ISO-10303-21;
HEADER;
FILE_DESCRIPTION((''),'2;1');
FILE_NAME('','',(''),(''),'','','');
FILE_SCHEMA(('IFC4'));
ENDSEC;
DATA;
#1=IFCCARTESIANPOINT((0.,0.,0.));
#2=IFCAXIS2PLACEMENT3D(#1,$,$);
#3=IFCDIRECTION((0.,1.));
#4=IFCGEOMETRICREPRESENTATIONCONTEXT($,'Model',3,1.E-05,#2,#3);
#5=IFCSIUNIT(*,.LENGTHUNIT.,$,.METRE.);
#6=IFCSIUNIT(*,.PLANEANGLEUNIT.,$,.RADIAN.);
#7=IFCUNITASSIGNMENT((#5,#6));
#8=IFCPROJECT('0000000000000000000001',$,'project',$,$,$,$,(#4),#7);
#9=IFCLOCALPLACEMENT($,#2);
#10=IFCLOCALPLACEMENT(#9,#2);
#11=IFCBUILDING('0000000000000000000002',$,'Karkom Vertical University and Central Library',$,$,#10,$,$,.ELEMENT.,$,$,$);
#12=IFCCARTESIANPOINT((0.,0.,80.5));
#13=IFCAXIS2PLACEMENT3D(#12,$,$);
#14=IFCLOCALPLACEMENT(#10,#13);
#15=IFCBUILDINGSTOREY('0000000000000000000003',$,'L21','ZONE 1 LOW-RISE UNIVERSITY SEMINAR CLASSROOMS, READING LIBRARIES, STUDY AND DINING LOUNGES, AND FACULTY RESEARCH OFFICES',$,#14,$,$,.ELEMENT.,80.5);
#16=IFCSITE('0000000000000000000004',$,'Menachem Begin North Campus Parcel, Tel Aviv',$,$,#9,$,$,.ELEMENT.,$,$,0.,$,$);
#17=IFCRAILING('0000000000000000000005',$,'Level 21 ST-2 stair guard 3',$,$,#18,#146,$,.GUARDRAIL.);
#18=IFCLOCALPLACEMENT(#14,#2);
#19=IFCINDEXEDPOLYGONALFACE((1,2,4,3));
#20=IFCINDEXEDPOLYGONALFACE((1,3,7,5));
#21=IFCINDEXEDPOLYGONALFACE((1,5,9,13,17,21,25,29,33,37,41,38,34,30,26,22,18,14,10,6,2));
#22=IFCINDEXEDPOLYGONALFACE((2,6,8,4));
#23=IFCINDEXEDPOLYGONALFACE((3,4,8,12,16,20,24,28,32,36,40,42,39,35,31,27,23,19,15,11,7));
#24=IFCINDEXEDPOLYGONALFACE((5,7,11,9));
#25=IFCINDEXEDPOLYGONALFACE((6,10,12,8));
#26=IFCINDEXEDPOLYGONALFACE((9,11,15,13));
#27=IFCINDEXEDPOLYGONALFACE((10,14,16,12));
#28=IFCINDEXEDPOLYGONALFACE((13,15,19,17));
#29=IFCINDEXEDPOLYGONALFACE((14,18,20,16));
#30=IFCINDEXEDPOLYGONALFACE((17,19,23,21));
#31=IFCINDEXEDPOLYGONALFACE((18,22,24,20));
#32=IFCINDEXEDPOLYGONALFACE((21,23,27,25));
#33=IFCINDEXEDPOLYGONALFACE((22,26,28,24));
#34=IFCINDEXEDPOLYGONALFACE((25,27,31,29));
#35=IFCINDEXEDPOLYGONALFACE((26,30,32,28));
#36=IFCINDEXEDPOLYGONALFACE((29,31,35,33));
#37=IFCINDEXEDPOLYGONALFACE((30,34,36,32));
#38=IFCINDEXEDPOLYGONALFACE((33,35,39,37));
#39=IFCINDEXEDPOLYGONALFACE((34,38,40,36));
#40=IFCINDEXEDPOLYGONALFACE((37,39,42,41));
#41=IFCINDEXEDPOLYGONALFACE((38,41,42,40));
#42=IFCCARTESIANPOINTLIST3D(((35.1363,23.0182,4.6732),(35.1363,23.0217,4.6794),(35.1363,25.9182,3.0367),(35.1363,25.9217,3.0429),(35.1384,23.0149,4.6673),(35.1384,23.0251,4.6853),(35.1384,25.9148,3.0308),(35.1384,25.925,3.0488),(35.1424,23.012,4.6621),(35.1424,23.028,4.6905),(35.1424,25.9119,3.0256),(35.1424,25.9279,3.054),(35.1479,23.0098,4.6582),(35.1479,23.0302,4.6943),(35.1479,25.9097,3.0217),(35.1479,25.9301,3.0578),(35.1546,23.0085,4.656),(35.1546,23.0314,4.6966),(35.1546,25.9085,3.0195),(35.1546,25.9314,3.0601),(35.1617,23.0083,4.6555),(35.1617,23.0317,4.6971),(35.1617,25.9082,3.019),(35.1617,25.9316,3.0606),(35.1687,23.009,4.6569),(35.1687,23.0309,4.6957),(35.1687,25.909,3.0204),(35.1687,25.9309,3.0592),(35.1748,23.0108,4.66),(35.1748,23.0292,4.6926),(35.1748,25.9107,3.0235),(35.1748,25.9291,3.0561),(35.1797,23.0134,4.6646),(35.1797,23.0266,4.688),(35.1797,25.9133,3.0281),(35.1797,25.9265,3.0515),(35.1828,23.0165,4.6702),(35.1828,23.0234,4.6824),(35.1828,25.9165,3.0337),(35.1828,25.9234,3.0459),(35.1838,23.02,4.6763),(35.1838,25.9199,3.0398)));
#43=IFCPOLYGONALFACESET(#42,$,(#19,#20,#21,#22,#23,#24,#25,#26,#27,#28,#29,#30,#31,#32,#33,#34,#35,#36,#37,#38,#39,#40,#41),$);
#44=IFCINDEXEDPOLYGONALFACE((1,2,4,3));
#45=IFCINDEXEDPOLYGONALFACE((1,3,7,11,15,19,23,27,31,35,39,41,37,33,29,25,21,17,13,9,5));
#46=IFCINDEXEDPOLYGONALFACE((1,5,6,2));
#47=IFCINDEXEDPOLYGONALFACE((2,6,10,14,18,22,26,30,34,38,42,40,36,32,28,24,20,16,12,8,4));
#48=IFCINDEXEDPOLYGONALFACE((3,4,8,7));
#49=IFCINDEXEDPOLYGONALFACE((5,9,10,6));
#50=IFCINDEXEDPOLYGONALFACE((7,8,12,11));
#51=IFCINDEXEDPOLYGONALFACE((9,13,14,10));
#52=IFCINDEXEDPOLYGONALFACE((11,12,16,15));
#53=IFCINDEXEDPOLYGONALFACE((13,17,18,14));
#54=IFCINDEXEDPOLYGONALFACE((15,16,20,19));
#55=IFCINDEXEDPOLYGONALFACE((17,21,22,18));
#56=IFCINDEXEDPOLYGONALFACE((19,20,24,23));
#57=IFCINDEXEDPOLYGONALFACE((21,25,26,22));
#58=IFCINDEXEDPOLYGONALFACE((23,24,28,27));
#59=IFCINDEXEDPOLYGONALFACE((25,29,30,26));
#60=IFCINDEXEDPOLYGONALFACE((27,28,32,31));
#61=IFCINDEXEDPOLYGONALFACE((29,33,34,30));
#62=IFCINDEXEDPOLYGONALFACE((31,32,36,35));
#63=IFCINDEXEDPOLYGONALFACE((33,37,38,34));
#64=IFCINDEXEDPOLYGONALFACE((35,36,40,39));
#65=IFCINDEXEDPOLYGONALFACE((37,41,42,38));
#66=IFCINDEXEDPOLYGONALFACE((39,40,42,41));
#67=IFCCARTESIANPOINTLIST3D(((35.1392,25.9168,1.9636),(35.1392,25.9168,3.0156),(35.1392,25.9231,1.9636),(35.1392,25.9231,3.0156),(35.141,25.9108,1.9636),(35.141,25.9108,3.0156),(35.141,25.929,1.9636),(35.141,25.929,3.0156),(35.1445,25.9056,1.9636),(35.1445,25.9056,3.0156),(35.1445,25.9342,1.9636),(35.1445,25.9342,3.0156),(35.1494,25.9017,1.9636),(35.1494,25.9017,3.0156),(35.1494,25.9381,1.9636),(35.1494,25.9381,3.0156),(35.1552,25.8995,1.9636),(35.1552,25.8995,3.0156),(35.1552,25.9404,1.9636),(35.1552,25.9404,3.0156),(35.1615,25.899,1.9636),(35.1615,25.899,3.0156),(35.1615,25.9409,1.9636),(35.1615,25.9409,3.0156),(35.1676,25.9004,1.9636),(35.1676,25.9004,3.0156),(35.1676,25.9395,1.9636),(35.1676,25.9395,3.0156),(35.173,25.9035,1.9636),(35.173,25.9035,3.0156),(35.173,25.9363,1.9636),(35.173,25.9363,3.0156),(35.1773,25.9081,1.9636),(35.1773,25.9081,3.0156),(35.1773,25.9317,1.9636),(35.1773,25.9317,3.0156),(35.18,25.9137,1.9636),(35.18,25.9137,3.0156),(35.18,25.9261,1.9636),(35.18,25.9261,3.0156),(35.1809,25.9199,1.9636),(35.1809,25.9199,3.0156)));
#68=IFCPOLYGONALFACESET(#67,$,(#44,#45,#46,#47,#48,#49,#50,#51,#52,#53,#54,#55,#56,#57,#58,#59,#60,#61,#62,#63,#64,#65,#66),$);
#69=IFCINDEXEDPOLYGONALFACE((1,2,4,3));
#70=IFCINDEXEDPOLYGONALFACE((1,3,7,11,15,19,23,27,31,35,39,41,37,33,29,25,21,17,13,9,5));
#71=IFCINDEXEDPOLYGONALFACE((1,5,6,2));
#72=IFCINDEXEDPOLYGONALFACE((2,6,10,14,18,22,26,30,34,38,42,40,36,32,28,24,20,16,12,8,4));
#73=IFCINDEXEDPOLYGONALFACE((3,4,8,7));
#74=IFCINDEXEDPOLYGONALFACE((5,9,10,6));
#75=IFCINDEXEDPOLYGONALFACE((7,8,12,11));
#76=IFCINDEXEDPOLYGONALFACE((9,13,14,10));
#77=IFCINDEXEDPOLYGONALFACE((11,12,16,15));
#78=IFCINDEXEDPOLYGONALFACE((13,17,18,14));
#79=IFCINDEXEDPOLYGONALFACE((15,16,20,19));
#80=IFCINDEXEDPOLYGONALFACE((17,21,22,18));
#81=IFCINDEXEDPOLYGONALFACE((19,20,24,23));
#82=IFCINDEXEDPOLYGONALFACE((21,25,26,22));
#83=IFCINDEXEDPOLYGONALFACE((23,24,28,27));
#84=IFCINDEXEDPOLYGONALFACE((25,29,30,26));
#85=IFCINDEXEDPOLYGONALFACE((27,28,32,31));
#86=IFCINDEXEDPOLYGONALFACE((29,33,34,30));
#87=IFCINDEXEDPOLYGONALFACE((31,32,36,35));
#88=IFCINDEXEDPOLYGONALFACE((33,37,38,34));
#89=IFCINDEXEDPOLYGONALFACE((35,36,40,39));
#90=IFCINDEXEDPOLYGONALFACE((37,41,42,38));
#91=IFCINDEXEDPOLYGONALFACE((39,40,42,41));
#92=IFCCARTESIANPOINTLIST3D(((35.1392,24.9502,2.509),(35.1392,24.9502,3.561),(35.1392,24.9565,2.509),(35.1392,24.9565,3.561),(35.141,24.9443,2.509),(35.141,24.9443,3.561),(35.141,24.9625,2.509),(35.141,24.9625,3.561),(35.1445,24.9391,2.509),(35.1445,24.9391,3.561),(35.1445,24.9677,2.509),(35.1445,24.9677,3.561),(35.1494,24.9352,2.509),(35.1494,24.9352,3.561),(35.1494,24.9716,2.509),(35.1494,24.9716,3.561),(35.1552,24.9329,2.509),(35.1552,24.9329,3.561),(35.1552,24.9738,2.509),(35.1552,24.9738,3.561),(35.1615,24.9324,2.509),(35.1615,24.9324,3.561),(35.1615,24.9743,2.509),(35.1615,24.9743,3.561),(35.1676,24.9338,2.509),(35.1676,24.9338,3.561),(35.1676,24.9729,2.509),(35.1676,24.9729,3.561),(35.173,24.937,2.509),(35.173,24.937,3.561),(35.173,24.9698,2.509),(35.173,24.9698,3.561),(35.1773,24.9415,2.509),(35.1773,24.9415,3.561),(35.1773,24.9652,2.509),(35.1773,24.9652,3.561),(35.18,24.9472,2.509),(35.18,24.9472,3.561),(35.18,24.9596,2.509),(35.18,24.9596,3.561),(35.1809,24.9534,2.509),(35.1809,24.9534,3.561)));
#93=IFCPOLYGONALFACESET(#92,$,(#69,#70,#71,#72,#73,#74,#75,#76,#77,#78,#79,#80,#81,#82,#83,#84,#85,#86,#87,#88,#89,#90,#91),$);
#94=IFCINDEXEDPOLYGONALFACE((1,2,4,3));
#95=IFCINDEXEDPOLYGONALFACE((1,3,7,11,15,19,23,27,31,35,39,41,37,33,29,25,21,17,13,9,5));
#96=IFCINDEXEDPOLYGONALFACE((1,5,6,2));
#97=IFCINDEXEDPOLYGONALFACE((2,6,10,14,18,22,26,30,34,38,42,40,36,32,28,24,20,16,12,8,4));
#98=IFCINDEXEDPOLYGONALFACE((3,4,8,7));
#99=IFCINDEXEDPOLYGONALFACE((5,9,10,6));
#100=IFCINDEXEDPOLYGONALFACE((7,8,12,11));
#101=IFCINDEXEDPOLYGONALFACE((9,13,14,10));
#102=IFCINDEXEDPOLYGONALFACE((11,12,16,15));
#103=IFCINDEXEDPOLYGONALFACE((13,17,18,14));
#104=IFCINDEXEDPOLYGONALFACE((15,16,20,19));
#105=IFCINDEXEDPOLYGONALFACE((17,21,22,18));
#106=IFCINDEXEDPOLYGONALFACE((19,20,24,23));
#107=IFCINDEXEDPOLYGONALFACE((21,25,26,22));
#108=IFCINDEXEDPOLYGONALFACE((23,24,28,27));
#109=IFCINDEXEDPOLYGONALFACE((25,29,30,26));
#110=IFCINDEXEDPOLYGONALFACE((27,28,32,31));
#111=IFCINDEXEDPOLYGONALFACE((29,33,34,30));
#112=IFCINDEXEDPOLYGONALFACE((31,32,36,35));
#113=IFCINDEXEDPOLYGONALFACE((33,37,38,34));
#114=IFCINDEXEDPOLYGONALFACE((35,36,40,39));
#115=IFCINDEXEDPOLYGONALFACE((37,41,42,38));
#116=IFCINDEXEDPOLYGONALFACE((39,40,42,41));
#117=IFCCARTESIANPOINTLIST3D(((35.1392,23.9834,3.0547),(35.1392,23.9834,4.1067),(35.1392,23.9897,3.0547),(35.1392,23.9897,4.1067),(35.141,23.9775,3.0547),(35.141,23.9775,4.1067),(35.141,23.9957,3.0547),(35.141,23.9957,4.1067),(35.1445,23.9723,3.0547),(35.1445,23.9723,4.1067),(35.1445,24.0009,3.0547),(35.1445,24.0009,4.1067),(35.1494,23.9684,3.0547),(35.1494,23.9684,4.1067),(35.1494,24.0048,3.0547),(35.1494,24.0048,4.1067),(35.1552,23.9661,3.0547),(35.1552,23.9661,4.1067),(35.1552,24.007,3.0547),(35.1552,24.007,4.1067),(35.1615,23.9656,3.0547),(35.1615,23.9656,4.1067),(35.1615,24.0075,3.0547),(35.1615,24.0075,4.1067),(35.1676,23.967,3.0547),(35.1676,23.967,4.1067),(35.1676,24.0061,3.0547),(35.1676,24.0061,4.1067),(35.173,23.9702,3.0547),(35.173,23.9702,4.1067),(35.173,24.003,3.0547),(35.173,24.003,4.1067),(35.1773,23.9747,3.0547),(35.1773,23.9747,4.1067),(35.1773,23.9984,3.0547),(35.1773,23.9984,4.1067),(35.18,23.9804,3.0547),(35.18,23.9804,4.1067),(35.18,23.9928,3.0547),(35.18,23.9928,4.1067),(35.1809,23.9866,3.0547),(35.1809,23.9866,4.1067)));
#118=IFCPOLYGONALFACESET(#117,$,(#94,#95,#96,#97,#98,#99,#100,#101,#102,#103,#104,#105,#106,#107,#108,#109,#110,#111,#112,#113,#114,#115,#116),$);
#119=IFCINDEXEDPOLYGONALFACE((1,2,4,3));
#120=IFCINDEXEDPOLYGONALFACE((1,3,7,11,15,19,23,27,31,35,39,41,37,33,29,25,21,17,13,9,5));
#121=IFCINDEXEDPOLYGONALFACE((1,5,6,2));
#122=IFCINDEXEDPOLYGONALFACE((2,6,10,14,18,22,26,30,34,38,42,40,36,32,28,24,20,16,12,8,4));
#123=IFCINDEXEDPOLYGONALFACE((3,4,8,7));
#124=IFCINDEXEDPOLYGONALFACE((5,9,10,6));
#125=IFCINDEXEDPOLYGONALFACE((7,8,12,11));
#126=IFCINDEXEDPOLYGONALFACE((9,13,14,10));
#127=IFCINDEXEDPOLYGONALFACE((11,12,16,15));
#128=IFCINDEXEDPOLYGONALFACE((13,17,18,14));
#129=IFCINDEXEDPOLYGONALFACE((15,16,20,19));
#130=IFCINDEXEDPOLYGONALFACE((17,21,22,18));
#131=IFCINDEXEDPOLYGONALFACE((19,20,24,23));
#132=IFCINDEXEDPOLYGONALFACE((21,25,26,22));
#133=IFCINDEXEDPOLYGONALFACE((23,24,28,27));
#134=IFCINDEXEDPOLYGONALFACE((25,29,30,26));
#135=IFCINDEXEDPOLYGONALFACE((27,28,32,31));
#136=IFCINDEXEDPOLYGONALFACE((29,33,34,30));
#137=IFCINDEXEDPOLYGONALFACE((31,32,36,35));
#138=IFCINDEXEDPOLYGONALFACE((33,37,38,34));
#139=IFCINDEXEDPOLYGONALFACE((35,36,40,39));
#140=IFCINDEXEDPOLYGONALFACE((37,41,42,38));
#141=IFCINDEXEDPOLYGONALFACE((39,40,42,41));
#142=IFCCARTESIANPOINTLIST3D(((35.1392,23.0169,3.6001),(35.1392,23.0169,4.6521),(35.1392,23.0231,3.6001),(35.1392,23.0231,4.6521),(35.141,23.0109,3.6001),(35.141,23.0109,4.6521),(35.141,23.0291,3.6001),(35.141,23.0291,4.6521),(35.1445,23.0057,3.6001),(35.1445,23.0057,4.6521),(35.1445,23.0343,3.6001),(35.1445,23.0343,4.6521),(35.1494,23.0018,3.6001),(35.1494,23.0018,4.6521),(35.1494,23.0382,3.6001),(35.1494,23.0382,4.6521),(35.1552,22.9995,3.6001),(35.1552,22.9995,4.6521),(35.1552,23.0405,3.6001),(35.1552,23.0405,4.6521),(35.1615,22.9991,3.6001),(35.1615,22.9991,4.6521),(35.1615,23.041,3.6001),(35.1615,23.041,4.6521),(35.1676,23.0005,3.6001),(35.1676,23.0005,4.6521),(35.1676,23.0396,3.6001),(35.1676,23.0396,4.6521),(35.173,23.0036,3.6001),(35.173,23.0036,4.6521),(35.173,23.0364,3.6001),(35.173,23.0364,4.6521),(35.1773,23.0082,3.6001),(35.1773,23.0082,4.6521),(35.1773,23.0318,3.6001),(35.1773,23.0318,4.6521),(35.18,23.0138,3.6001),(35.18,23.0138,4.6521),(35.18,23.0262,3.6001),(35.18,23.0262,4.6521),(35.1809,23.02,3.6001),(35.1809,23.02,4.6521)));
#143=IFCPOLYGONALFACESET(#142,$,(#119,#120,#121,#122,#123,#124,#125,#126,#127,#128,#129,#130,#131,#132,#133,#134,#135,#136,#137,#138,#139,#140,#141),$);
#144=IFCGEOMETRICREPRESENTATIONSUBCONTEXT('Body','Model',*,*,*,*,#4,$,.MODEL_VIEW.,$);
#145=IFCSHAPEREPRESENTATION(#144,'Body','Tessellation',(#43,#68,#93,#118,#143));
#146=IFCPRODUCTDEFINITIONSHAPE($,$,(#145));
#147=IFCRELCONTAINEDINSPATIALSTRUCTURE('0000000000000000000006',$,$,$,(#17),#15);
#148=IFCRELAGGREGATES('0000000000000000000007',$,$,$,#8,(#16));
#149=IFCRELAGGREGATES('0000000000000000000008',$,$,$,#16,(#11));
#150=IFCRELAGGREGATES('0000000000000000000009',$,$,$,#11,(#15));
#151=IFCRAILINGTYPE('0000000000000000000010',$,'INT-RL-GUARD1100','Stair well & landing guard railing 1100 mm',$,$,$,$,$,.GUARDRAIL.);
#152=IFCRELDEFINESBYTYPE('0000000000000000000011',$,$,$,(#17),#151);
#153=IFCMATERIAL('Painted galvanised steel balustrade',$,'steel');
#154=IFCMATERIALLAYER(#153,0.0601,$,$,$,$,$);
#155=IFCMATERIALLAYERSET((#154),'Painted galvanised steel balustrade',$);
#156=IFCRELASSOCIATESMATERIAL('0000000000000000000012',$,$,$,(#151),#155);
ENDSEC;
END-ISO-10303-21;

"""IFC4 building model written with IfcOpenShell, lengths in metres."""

from ifc_helpers import new_model, si_unit, direction, frame, origin, origin_2d, place, context, subcontext, project, spatial, circle, extrude, material, layer, layer_set, type_object, element, save


model = new_model("IFC4")

# Units and contexts
model_context = context("Model", 3, precision=1e-05, world=origin(), true_north=direction((0.0, 1.0)))
body_context = subcontext(model_context, "Body", "Model", "MODEL_VIEW")
ifc_project = project(units=[si_unit("LENGTHUNIT", "METRE"), si_unit("PLANEANGLEUNIT", "RADIAN")], contexts=[model_context])

# Site, building, storey
site_placement = place(None, origin())
site = spatial("IfcSite", under=ifc_project, at=site_placement, Name="Menachem Begin North Campus Parcel, Tel Aviv", CompositionType="ELEMENT", RefElevation=0.0)
building_placement = place(site_placement, origin())
building = spatial("IfcBuilding", under=site, at=building_placement, Name="Karkom Vertical University and Central Library", CompositionType="ELEMENT")
storey_placement = place(building_placement, frame((0.0, 0.0, 80.5)))
storey = spatial("IfcBuildingStorey", under=building, at=storey_placement, Name="L21", Description="ZONE 1 LOW-RISE UNIVERSITY SEMINAR CLASSROOMS, READING LIBRARIES, STUDY AND DINING LOUNGES, AND FACULTY RESEARCH OFFICES", CompositionType="ELEMENT", Elevation=80.5)

# Railing
ifc_material_1 = material(Name="Painted galvanised steel balustrade", Category="steel")
ifc_layer_1 = layer(ifc_material_1, 0.0601)
ifc_layer_set_1 = layer_set([ifc_layer_1], Name="Painted galvanised steel balustrade")
railing_type = type_object("IfcRailingType", Name="INT-RL-GUARD1100", Description="Stair well & landing guard railing 1100 mm", PredefinedType="GUARDRAIL", material=ifc_layer_set_1)
railing_1_placement = place(storey_placement, frame((35.1599, 25.9199, 1.9636)))
element("IfcRailing", 1, at=railing_1_placement, inside=storey, type_object=railing_type, Name="Level 21 ST-2 stair guard 3", PredefinedType="GUARDRAIL", context=body_context, shape_type="SweptSolid", body=[
    extrude(circle(Radius=0.0239, at=origin_2d()), frame((0.0, 0.0, 1.0762), z_axis=(0.0, -0.870897, 0.491465), x_axis=(1.0, 0.0, 0.0)), (0.0, 0.0, 1.0), 3.3298),
    extrude(circle(Radius=0.021, at=origin_2d()), origin(), (0.0, 0.0, 1.0), 1.052),
    extrude(circle(Radius=0.021, at=origin_2d()), frame((0.0, -0.9666, 0.5454)), (0.0, 0.0, 1.0), 1.052),
    extrude(circle(Radius=0.021, at=origin_2d()), frame((0.0, -1.9333, 1.0911)), (0.0, 0.0, 1.0), 1.052),
    extrude(circle(Radius=0.021, at=origin_2d()), frame((0.0, -2.8999, 1.6365)), (0.0, 0.0, 1.0), 1.052),
])

save(model, "model.ifc")
